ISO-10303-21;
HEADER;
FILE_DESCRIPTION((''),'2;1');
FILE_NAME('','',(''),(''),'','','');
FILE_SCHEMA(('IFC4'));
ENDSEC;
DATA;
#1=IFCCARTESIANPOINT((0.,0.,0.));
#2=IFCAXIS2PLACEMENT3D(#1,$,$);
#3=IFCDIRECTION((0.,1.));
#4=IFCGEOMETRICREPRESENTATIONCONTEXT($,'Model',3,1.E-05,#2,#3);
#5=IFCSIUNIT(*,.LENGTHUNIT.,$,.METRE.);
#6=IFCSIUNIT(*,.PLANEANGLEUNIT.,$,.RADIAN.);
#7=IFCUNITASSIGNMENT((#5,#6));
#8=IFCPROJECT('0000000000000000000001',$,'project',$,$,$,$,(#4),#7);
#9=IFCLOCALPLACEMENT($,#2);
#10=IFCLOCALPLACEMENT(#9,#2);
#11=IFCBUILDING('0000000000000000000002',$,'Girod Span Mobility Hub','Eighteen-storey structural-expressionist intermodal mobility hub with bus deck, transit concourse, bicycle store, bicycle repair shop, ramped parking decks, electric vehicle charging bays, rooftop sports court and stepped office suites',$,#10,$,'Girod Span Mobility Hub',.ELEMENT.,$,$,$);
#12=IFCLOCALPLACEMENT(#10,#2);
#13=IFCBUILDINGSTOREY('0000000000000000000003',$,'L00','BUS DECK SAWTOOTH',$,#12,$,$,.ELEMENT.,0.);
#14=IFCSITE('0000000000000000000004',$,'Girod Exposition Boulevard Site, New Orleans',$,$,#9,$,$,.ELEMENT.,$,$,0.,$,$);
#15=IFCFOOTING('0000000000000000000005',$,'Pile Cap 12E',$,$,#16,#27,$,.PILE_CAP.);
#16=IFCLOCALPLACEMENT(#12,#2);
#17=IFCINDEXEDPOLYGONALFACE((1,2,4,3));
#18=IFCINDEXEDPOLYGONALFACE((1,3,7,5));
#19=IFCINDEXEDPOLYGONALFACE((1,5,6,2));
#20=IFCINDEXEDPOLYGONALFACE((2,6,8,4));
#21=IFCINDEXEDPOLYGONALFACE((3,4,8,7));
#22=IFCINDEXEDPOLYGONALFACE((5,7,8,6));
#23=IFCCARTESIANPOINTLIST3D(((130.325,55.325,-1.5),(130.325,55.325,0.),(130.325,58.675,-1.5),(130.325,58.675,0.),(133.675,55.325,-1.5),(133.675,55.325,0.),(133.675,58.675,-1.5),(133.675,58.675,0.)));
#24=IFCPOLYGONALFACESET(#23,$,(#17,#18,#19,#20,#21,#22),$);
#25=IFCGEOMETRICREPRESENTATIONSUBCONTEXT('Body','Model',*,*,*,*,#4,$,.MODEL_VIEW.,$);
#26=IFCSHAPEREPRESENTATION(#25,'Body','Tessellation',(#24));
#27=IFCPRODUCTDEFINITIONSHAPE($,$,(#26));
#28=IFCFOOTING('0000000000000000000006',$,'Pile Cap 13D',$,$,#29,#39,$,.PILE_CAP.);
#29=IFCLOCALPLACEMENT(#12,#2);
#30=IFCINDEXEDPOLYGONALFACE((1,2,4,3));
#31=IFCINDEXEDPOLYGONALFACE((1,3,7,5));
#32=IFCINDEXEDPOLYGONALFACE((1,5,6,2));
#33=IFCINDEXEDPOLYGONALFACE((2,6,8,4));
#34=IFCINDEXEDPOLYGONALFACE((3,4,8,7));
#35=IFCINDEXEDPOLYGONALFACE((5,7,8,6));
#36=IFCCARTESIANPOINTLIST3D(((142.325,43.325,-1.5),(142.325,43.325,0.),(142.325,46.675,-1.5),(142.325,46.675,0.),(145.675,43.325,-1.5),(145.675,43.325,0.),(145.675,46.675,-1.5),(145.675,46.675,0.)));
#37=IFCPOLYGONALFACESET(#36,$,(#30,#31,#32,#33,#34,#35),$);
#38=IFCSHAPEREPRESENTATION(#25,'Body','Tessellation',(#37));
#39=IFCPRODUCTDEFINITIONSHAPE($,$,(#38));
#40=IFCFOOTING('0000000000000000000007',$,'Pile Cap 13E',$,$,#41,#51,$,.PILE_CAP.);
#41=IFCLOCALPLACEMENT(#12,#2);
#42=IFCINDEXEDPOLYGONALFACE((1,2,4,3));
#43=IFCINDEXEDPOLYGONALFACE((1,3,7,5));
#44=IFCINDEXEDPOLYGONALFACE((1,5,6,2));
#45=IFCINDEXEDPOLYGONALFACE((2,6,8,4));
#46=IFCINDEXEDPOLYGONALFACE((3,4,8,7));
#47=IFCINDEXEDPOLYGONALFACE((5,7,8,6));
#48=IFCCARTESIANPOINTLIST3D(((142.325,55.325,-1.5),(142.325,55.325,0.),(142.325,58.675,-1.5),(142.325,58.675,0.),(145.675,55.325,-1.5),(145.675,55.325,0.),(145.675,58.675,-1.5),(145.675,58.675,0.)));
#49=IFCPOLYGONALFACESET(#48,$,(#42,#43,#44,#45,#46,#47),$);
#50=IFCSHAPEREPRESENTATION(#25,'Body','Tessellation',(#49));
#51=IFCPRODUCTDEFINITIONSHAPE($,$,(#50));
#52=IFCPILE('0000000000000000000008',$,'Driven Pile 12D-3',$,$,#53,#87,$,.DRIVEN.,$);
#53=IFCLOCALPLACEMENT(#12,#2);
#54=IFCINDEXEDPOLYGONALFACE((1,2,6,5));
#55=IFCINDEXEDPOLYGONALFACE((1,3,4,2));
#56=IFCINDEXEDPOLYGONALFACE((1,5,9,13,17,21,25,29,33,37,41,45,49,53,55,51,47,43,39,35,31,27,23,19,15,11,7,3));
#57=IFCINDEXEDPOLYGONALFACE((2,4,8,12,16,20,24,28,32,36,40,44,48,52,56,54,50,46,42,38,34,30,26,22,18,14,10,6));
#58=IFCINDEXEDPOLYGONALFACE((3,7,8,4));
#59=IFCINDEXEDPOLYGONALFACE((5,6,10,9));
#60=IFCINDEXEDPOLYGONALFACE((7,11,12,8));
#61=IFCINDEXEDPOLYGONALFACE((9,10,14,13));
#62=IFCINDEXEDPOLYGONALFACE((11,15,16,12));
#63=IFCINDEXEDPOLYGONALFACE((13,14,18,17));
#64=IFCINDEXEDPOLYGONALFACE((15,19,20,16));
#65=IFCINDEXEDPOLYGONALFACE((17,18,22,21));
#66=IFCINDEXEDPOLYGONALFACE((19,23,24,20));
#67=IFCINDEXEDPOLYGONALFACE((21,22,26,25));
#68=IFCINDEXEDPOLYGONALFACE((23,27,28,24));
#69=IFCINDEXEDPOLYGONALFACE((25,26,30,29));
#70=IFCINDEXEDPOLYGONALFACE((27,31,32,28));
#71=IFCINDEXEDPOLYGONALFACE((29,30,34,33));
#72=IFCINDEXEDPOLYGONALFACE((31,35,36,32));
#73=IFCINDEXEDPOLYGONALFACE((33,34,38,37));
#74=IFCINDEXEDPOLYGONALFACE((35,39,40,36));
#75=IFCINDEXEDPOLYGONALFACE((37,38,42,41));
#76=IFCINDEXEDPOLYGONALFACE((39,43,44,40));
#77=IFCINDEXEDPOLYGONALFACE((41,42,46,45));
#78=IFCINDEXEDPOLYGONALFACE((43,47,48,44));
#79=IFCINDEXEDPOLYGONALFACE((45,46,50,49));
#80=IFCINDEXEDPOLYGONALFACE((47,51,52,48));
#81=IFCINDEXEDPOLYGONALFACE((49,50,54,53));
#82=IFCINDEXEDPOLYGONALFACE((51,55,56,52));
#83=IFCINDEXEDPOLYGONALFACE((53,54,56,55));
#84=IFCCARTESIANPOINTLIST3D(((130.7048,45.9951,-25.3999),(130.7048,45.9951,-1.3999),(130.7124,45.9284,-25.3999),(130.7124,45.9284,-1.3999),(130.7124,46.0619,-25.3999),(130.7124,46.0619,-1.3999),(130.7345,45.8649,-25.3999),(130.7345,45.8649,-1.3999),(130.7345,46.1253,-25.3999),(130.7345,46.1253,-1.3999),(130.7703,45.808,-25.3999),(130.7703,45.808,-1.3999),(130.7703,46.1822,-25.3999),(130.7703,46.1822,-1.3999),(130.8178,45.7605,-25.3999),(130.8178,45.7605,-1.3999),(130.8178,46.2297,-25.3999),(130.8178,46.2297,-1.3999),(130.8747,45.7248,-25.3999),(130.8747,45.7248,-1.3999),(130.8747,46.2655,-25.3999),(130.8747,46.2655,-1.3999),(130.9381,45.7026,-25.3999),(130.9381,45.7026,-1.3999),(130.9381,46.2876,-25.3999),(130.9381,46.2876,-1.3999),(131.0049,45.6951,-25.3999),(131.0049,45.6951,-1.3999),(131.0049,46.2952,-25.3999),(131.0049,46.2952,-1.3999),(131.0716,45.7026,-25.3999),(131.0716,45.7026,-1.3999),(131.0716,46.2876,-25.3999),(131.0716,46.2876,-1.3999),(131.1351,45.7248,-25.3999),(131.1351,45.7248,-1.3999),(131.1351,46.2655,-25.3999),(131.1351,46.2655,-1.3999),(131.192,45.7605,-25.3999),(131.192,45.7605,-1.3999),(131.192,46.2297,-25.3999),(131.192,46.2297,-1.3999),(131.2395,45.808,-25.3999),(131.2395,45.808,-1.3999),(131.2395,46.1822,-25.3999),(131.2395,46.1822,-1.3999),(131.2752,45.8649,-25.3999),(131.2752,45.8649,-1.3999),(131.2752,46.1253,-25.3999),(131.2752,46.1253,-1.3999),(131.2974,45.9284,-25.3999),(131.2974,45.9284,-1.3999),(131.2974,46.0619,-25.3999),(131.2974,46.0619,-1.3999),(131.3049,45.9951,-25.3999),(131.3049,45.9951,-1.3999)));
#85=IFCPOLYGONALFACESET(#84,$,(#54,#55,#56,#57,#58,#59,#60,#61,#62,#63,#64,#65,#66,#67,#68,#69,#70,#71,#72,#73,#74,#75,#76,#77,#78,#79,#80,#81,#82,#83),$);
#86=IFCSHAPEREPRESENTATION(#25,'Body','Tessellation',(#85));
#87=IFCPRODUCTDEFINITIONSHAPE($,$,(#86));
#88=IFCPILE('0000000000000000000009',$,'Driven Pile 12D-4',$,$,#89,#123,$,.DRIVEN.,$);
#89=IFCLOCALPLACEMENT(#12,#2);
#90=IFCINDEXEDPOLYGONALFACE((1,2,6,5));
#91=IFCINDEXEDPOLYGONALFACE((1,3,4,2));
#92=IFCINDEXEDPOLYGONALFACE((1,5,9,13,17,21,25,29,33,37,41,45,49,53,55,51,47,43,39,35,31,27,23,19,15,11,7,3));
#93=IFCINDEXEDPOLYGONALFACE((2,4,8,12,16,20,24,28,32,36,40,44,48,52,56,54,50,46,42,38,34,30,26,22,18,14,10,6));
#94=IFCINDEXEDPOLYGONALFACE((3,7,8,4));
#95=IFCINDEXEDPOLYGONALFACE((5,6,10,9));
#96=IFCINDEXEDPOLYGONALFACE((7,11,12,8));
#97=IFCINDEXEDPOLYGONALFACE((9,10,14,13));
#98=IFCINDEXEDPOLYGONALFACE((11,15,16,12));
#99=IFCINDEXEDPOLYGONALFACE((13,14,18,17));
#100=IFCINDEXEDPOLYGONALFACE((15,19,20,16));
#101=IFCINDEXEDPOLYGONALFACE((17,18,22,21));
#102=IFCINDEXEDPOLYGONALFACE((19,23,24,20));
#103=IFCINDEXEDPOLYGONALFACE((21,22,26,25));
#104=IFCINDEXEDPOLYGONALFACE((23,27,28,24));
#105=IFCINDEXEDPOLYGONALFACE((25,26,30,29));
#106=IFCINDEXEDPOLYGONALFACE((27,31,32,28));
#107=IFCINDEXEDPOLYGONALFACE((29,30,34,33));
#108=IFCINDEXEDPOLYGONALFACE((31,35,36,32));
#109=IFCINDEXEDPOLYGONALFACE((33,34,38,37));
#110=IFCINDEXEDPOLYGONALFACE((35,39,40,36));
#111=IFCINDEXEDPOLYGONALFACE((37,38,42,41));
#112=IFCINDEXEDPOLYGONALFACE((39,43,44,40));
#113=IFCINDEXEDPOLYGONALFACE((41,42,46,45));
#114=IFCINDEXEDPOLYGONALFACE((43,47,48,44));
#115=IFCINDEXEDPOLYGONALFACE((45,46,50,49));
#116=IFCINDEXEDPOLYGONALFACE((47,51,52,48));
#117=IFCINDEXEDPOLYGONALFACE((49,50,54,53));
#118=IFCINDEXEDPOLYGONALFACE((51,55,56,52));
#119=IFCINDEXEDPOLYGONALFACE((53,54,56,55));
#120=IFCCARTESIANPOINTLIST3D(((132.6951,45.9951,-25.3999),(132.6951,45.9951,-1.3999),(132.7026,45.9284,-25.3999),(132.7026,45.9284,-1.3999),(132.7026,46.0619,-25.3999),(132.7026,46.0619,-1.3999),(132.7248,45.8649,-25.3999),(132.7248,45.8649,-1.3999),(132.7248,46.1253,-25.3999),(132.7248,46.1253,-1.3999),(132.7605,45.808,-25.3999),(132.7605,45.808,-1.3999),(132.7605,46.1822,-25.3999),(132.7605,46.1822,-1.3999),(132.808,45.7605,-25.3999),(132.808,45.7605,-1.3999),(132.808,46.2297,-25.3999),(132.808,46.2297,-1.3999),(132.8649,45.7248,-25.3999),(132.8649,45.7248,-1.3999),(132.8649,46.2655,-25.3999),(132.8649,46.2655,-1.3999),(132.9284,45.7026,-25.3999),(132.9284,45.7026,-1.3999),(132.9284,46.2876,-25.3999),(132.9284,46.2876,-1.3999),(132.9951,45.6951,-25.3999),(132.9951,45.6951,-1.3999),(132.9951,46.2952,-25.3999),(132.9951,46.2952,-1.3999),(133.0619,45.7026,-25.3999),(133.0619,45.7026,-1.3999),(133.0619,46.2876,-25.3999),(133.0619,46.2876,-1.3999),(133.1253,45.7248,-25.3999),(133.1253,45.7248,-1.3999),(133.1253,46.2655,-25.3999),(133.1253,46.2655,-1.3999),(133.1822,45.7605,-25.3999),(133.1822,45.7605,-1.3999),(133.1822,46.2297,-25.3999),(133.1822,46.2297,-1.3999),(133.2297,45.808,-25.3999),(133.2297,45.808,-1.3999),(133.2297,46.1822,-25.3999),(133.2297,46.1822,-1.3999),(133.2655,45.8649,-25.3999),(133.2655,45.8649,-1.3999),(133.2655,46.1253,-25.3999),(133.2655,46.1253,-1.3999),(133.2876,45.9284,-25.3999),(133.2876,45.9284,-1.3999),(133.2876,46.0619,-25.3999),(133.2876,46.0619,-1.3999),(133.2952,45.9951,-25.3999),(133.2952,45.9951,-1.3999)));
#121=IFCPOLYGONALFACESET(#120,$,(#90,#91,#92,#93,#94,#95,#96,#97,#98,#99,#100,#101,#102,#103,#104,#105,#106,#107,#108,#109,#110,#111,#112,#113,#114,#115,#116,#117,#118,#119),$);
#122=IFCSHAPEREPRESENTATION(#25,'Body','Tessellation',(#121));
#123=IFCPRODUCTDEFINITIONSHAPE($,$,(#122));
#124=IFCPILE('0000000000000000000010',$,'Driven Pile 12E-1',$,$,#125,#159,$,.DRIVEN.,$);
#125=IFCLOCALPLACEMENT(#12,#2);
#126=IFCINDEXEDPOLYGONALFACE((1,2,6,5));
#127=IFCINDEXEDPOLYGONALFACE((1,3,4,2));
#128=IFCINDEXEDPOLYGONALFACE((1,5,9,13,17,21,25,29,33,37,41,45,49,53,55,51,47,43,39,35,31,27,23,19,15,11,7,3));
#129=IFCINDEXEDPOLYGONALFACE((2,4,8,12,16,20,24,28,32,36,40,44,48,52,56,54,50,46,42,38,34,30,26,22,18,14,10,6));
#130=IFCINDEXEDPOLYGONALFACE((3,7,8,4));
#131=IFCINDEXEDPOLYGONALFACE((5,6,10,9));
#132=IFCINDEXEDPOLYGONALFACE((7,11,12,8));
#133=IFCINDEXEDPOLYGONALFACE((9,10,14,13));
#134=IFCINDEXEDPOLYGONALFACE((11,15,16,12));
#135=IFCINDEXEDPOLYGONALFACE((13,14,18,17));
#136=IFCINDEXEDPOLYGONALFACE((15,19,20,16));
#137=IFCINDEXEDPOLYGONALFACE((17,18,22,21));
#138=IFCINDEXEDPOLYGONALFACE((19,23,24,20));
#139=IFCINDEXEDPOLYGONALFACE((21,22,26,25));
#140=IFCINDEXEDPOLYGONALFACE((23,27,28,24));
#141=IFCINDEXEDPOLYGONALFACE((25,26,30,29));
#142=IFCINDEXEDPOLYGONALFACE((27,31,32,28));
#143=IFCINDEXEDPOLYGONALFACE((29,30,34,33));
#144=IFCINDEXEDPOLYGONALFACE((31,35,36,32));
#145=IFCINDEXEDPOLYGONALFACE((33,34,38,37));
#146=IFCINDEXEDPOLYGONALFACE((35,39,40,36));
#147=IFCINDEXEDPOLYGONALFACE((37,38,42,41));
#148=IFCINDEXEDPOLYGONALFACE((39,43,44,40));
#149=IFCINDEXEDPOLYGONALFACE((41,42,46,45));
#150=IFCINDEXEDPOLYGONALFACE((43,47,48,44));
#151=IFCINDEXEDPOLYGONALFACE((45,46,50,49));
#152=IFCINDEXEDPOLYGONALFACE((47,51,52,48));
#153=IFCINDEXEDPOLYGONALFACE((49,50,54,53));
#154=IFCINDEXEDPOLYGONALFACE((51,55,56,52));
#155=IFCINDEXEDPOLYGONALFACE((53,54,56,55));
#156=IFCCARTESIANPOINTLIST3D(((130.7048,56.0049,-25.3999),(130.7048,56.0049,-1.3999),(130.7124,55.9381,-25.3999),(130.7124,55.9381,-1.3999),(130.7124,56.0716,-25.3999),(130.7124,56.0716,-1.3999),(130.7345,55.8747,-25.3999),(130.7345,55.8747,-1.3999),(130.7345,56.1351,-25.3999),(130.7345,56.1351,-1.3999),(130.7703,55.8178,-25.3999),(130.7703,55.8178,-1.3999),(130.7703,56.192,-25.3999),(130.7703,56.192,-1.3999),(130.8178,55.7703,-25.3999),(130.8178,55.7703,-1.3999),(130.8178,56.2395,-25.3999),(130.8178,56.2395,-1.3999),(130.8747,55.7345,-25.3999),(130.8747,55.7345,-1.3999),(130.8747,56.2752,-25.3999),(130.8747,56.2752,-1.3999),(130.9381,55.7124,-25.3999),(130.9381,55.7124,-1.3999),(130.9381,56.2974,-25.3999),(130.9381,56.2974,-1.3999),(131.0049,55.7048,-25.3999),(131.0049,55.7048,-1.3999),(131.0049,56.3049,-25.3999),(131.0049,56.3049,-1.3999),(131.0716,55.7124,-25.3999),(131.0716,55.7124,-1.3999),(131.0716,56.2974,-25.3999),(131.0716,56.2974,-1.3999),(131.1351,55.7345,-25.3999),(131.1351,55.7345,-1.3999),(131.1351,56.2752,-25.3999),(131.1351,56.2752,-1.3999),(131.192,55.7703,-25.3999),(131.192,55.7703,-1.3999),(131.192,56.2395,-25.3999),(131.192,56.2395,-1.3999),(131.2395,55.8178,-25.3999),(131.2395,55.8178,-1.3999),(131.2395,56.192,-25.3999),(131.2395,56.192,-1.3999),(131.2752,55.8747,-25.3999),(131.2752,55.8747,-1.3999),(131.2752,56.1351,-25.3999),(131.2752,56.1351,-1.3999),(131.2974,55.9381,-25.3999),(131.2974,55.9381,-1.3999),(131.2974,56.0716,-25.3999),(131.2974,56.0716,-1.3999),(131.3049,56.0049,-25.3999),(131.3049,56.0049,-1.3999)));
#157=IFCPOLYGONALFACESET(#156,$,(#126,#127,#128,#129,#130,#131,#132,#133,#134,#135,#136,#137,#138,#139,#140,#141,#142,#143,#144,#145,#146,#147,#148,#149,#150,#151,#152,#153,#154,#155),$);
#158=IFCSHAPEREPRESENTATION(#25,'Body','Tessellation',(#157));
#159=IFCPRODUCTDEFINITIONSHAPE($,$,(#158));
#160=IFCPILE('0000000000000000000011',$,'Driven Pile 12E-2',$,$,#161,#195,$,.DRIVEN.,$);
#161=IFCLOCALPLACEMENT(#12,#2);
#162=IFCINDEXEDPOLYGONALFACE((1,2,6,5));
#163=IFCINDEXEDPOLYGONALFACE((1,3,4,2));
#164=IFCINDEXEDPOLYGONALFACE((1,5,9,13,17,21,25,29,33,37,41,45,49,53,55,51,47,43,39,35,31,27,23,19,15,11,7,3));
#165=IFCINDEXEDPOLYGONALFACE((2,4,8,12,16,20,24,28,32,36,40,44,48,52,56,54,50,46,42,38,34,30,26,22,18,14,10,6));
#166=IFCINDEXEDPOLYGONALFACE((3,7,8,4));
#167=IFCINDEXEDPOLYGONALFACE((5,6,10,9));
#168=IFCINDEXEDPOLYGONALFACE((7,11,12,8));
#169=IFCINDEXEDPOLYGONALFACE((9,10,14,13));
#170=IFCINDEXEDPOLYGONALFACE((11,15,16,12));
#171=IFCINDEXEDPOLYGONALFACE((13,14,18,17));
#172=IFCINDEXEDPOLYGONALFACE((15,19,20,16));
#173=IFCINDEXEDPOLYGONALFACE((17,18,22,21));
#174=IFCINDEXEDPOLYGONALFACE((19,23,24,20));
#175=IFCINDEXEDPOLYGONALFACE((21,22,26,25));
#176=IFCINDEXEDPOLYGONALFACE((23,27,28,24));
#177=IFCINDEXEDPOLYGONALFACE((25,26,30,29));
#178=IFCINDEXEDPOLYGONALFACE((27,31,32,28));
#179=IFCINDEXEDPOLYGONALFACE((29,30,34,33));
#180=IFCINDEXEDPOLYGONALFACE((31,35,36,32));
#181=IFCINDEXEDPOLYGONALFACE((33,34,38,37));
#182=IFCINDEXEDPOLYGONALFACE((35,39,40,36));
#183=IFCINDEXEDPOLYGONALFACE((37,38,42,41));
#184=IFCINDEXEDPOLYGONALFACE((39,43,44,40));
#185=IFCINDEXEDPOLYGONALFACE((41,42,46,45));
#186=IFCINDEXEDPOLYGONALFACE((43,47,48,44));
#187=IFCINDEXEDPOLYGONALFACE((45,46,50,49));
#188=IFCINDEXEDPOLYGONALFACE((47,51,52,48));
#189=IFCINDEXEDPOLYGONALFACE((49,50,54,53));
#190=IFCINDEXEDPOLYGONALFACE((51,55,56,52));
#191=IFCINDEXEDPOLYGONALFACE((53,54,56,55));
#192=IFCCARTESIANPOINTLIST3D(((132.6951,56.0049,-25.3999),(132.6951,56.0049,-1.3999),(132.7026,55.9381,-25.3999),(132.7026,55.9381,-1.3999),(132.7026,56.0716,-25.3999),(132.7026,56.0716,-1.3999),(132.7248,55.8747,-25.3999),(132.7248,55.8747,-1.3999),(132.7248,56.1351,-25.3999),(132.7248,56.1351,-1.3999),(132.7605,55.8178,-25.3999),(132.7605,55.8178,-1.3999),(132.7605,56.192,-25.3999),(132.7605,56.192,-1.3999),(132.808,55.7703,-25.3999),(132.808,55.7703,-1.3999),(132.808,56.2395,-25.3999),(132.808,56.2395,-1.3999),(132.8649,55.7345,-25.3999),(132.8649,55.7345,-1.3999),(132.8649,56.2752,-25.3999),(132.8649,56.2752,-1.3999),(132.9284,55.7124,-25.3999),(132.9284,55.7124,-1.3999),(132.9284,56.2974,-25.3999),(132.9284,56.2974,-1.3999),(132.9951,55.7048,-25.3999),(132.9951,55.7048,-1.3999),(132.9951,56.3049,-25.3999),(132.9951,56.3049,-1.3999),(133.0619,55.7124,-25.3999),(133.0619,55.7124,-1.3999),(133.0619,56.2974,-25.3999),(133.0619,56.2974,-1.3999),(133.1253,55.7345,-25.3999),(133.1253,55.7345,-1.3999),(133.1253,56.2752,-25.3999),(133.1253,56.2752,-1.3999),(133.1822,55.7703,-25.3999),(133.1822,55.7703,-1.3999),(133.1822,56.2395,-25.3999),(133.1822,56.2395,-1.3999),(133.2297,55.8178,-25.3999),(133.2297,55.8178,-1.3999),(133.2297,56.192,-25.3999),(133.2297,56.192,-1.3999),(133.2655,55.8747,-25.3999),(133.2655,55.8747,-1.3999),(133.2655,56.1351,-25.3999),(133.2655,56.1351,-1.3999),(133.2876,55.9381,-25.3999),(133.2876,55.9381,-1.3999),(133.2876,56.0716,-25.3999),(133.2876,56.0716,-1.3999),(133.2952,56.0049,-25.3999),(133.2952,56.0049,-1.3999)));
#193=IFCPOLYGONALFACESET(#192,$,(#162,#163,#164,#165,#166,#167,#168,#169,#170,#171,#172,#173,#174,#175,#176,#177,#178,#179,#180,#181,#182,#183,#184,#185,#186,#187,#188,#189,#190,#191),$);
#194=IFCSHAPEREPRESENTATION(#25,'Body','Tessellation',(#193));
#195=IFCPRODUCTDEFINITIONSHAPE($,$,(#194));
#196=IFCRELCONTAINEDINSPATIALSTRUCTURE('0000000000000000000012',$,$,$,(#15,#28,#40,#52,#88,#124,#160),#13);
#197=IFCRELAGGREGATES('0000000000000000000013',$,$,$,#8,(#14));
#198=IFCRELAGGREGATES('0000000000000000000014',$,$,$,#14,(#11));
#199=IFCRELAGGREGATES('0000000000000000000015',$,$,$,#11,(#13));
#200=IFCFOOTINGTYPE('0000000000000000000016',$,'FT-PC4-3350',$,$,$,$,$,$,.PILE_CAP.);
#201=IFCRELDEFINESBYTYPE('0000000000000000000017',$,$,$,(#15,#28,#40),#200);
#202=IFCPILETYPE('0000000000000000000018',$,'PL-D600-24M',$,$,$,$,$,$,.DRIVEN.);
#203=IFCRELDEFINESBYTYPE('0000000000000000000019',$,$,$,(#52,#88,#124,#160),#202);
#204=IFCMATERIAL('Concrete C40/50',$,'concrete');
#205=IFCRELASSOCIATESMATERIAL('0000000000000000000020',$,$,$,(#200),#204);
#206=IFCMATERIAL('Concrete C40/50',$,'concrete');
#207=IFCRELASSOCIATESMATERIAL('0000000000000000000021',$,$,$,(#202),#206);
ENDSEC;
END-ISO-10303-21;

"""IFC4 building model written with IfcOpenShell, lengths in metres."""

from ifc_helpers import new_model, si_unit, direction, frame, origin, origin_2d, place, context, subcontext, project, spatial, rectangle, circle, extrude, material, material_profile, profile_set, type_object, element, save


model = new_model("IFC4")

# Units and contexts
model_context = context("Model", 3, precision=1e-05, world=origin(), true_north=direction((0.0, 1.0)))
body_context = subcontext(model_context, "Body", "Model", "MODEL_VIEW")
ifc_project = project(units=[si_unit("LENGTHUNIT", "METRE"), si_unit("PLANEANGLEUNIT", "RADIAN")], contexts=[model_context])

# Site, building, storey
site_placement = place(None, origin())
site = spatial("IfcSite", under=ifc_project, at=site_placement, Name="Girod Exposition Boulevard Site, New Orleans", CompositionType="ELEMENT", RefElevation=0.0)
building_placement = place(site_placement, origin())
building = spatial("IfcBuilding", under=site, at=building_placement, Name="Girod Span Mobility Hub", Description="Eighteen-storey structural-expressionist intermodal mobility hub with bus deck, transit concourse, bicycle store, bicycle repair shop, ramped parking decks, electric vehicle charging bays, rooftop sports court and stepped office suites", LongName="Girod Span Mobility Hub", CompositionType="ELEMENT")
storey_placement = place(building_placement, origin())
storey = spatial("IfcBuildingStorey", under=building, at=storey_placement, Name="L00", Description="BUS DECK SAWTOOTH", CompositionType="ELEMENT", Elevation=0.0)

# Footings
ifc_material_1 = material(Name="Concrete C40/50", Category="concrete")
footing_type = type_object("IfcFootingType", Name="FT-PC4-3350", PredefinedType="PILE_CAP", material=ifc_material_1)
for number, where, z_axis, x_axis, name in (
    (1, (132.0, 57.0, -1.5), (0.0, 0.0, 1.0), (1.0, 0.0, 0.0), "Pile Cap 12E"),
    (2, (144.0, 45.0, -1.5), (0.0, 0.0, 1.0), (1.0, 0.0, 0.0), "Pile Cap 13D"),
    (3, (144.0, 57.0, -1.5), (0.0, 0.0, 1.0), (1.0, 0.0, 0.0), "Pile Cap 13E"),
):
    element("IfcFooting", number, at=place(storey_placement, frame(where, z_axis=z_axis, x_axis=x_axis)), inside=storey, type_object=footing_type, Name=name, PredefinedType="PILE_CAP", context=body_context, shape_type="SweptSolid", body=[
        extrude(rectangle(XDim=3.3501, YDim=3.3501, at=origin_2d()), origin(), (0.0, 0.0, 1.0), 1.5),
    ])

# Piles
ifc_material_2 = material(Name="Concrete C40/50", Category="concrete")
ifc_material_profile_1 = material_profile(ifc_material_2, circle(Radius=0.3, at=origin_2d()), Name="PILE-D600")
ifc_profile_set_1 = profile_set([ifc_material_profile_1], Name="Concrete C40/50")
pile_type = type_object("IfcPileType", Name="PL-D600-24M", PredefinedType="DRIVEN", material=ifc_profile_set_1)
for number, where, z_axis, x_axis, name in (
    (4, (131.0049, 45.9951, -1.3999), (0.0, 0.0, -1.0), (1.0, 0.0, 0.0), "Driven Pile 12D-3"),
    (5, (132.9951, 45.9951, -1.3999), (0.0, 0.0, -1.0), (1.0, 0.0, 0.0), "Driven Pile 12D-4"),
    (6, (131.0049, 56.0049, -1.3999), (0.0, 0.0, -1.0), (1.0, 0.0, 0.0), "Driven Pile 12E-1"),
    (7, (132.9951, 56.0049, -1.3999), (0.0, 0.0, -1.0), (1.0, 0.0, 0.0), "Driven Pile 12E-2"),
):
    element("IfcPile", number, at=place(storey_placement, frame(where, z_axis=z_axis, x_axis=x_axis)), inside=storey, type_object=pile_type, Name=name, PredefinedType="DRIVEN", context=body_context, shape_type="SweptSolid", body=[
        extrude(circle(Radius=0.3, at=origin_2d()), origin(), (0.0, 0.0, 1.0), 24.0),
    ])

save(model, "model.ifc")
